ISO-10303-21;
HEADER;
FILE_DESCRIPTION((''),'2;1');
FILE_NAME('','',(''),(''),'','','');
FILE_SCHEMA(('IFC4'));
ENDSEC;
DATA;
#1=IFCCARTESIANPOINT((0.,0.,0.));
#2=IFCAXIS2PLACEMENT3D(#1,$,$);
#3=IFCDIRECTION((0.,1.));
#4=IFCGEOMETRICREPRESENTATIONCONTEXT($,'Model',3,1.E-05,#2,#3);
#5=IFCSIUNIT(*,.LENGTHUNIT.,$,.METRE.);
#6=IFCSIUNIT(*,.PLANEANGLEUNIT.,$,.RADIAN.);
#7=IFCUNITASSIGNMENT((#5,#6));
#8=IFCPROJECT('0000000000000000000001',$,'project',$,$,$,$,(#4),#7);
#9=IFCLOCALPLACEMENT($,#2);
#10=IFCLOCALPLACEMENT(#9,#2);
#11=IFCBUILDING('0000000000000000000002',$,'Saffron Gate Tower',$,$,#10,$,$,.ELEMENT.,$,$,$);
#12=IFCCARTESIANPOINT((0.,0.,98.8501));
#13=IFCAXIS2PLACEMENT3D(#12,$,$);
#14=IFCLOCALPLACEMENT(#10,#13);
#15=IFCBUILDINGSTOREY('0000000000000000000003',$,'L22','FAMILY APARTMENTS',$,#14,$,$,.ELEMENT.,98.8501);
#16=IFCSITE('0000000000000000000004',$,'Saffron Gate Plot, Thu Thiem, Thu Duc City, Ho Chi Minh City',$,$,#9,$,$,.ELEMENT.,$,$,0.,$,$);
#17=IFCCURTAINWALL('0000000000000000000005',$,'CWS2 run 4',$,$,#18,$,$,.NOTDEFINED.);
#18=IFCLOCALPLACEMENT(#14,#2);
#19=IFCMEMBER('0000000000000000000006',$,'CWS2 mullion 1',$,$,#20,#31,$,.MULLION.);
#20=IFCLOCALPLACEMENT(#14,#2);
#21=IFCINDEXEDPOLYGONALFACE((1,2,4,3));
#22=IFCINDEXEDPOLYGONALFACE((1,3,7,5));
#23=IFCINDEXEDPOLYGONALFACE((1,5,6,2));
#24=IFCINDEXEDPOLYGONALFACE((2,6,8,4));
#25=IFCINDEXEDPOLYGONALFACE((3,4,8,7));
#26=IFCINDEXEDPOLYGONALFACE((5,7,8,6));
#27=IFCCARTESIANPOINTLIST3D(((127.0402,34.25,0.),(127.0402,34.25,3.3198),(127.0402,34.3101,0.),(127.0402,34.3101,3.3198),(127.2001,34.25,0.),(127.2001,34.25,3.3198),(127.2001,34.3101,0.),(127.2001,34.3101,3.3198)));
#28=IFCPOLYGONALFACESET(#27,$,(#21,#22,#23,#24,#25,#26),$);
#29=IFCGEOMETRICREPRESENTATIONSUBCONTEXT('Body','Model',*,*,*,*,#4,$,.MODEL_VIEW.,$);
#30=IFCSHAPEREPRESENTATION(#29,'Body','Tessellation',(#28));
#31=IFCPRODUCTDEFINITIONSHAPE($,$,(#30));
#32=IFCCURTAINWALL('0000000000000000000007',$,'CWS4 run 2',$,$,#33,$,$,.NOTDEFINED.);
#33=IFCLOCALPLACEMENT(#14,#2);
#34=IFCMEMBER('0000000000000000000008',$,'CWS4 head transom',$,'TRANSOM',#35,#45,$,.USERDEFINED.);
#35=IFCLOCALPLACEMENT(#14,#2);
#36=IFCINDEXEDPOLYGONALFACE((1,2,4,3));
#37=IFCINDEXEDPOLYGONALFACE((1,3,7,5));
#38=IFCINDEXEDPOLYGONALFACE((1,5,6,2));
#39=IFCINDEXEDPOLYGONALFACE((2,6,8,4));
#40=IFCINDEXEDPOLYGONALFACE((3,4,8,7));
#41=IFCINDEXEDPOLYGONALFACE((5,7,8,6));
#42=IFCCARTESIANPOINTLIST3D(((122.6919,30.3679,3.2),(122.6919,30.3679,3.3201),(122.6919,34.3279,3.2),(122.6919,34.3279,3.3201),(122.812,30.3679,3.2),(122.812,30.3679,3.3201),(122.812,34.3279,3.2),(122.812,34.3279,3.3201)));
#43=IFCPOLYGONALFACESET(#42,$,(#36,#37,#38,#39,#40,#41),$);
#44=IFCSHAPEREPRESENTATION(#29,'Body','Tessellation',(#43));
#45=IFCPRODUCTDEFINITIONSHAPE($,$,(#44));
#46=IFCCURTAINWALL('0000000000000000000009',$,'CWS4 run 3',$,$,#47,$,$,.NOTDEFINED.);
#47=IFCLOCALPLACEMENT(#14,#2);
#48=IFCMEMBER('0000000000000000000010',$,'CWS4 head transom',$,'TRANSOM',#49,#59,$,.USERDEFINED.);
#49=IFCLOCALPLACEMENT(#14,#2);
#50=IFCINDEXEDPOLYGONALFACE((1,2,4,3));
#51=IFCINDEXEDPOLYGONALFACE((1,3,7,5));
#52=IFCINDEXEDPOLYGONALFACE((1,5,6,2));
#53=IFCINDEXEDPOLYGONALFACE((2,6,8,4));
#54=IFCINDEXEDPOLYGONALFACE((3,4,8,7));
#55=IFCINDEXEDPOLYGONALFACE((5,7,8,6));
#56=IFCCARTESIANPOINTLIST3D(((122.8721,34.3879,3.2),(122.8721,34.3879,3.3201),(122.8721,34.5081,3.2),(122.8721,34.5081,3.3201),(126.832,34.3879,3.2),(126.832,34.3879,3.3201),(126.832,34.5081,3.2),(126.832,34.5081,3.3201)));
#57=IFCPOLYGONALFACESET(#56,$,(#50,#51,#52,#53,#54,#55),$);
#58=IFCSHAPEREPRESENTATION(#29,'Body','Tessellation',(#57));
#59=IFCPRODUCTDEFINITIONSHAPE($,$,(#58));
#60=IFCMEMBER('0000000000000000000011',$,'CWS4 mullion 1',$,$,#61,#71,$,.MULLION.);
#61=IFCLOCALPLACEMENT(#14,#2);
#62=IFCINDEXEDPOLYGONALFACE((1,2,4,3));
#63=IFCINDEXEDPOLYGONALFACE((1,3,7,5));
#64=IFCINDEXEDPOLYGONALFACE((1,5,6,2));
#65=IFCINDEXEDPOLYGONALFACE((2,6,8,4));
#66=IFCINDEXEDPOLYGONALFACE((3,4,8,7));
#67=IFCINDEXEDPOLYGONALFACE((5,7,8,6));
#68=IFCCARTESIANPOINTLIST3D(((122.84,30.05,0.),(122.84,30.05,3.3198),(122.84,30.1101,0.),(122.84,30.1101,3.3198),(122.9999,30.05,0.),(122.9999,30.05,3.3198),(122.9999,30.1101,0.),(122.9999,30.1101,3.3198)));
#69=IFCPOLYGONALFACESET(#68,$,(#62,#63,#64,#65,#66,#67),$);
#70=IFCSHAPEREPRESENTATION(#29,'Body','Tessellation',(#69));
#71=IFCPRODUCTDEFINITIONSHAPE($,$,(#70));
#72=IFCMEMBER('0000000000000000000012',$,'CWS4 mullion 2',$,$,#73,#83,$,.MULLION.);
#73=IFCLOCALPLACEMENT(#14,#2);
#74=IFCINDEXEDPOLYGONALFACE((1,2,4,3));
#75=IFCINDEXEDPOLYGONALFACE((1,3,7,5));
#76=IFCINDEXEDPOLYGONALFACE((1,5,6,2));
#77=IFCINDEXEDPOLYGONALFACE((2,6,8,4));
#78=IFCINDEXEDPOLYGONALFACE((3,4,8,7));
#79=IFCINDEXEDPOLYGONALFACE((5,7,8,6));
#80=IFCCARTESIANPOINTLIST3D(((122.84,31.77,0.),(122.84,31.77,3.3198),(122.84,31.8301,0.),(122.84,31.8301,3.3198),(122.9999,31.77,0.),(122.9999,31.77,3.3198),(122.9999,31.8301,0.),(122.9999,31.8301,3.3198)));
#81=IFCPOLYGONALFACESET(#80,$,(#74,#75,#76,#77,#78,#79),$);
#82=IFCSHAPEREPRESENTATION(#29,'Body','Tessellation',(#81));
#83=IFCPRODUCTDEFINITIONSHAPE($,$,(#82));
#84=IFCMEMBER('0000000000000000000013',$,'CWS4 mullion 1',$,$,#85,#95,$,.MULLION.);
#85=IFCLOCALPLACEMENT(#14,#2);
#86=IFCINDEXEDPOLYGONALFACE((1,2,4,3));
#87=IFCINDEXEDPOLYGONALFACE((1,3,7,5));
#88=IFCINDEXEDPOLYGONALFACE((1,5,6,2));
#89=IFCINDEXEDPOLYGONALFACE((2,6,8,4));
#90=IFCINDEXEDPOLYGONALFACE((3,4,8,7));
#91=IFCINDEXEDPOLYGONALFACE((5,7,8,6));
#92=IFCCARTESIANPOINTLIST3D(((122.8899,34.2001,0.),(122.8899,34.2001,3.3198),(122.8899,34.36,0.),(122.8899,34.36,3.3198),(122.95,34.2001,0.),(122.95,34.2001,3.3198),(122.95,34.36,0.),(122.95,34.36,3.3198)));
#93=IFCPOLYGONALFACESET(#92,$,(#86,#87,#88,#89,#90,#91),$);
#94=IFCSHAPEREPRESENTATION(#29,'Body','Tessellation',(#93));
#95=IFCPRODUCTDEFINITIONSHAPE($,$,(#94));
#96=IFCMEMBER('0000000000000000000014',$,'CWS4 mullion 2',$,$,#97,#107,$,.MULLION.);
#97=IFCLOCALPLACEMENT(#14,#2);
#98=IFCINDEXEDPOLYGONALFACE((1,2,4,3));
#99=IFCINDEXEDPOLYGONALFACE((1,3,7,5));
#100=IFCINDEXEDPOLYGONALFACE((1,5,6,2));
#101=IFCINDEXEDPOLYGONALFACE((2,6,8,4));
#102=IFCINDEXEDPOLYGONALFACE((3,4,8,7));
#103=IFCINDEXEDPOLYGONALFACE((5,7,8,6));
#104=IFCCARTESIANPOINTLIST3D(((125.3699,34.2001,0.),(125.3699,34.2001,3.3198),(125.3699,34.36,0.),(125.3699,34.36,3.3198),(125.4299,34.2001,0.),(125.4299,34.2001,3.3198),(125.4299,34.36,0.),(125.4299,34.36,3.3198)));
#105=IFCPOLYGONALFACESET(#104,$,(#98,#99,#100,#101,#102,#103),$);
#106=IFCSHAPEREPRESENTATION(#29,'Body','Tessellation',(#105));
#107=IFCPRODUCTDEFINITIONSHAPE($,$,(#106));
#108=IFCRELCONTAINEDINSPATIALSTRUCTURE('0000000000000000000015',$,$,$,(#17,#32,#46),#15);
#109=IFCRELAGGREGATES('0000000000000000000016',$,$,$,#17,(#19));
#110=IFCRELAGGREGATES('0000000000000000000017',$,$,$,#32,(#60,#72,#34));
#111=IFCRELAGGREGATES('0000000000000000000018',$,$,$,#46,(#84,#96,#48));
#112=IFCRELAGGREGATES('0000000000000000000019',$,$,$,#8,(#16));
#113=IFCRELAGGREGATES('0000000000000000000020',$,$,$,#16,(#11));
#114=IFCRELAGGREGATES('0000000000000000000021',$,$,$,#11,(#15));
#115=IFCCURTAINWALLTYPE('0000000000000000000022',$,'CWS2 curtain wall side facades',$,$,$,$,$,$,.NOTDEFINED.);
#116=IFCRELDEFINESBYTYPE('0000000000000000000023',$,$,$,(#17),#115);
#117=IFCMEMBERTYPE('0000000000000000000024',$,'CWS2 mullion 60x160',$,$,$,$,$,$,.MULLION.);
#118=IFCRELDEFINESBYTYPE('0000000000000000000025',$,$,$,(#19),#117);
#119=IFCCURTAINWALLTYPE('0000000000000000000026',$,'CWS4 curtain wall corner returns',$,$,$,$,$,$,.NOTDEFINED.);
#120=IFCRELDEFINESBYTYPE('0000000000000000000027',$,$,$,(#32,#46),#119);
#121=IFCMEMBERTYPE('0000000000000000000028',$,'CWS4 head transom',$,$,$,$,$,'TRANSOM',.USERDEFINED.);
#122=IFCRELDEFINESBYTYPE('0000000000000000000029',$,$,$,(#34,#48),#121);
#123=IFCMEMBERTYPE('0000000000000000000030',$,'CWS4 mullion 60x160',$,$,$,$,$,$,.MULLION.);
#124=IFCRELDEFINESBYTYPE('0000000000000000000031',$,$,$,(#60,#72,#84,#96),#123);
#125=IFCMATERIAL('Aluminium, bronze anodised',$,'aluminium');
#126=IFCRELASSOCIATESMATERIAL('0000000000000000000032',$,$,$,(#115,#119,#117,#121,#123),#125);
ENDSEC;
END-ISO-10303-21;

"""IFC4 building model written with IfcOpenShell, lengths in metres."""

from ifc_helpers import new_model, si_unit, direction, frame, origin, origin_2d, place, context, subcontext, project, spatial, rectangle, extrude, material, material_profile, profile_set, type_object, element, aggregate, save


model = new_model("IFC4")

# Units and contexts
model_context = context("Model", 3, precision=1e-05, world=origin(), true_north=direction((0.0, 1.0)))
body_context = subcontext(model_context, "Body", "Model", "MODEL_VIEW")
ifc_project = project(units=[si_unit("LENGTHUNIT", "METRE"), si_unit("PLANEANGLEUNIT", "RADIAN")], contexts=[model_context])

# Site, building, storey
site_placement = place(None, origin())
site = spatial("IfcSite", under=ifc_project, at=site_placement, Name="Saffron Gate Plot, Thu Thiem, Thu Duc City, Ho Chi Minh City", CompositionType="ELEMENT", RefElevation=0.0)
building_placement = place(site_placement, origin())
building = spatial("IfcBuilding", under=site, at=building_placement, Name="Saffron Gate Tower", CompositionType="ELEMENT")
storey_placement = place(building_placement, frame((0.0, 0.0, 98.8501)))
storey = spatial("IfcBuildingStorey", under=building, at=storey_placement, Name="L22", Description="FAMILY APARTMENTS", CompositionType="ELEMENT", Elevation=98.8501)

# Curtain walls, members
ifc_material_1 = material(Name="Aluminium, bronze anodised", Category="aluminium")
curtain_wall_type_1 = type_object("IfcCurtainWallType", Name="CWS2 curtain wall side facades", PredefinedType="NOTDEFINED", material=ifc_material_1)
curtain_wall_1_placement = place(storey_placement, origin())
curtain_wall_1 = element("IfcCurtainWall", 1, at=curtain_wall_1_placement, inside=storey, type_object=curtain_wall_type_1, Name="CWS2 run 4", PredefinedType="NOTDEFINED")
ifc_material_profile_1 = material_profile(ifc_material_1, rectangle(XDim=0.1599, YDim=0.0601, at=origin_2d()))
ifc_profile_set_1 = profile_set([ifc_material_profile_1], Name="Aluminium, bronze anodised")
member_type_1 = type_object("IfcMemberType", Name="CWS2 mullion 60x160", PredefinedType="MULLION", material=ifc_profile_set_1)
member_1_placement = place(storey_placement, frame((127.1201, 34.28, 0.0), z_axis=(0.0, 0.0, 1.0), x_axis=(-1.0, 0.0, 0.0)))
member_1 = element("IfcMember", 2, at=member_1_placement, type_object=member_type_1, Name="CWS2 mullion 1", PredefinedType="MULLION", context=body_context, shape_type="SweptSolid", body=[
    extrude(rectangle(XDim=0.1599, YDim=0.0601, at=origin_2d()), origin(), (0.0, 0.0, 1.0), 3.3198),
])
curtain_wall_type_2 = type_object("IfcCurtainWallType", Name="CWS4 curtain wall corner returns", PredefinedType="NOTDEFINED", material=ifc_material_1)
curtain_wall_2_placement = place(storey_placement, origin())
curtain_wall_2 = element("IfcCurtainWall", 3, at=curtain_wall_2_placement, inside=storey, type_object=curtain_wall_type_2, Name="CWS4 run 2", PredefinedType="NOTDEFINED")
ifc_material_profile_2 = material_profile(ifc_material_1, rectangle(XDim=0.1201, YDim=0.1201, at=origin_2d()))
ifc_profile_set_2 = profile_set([ifc_material_profile_2], Name="Aluminium, bronze anodised")
member_type_2 = type_object("IfcMemberType", Name="CWS4 head transom", ElementType="TRANSOM", PredefinedType="USERDEFINED", material=ifc_profile_set_2)
member_2_placement = place(storey_placement, frame((122.752, 30.3679, 3.26), z_axis=(0.0, 1.0, 0.0), x_axis=(-1.0, 0.0, 0.0)))
member_2 = element("IfcMember", 4, at=member_2_placement, type_object=member_type_2, Name="CWS4 head transom", ObjectType="TRANSOM", PredefinedType="USERDEFINED", context=body_context, shape_type="SweptSolid", body=[
    extrude(rectangle(XDim=0.1201, YDim=0.1201, at=origin_2d()), origin(), (0.0, 0.0, 1.0), 3.96),
])
curtain_wall_3_placement = place(storey_placement, origin())
curtain_wall_3 = element("IfcCurtainWall", 5, at=curtain_wall_3_placement, inside=storey, type_object=curtain_wall_type_2, Name="CWS4 run 3", PredefinedType="NOTDEFINED")
member_3_placement = place(storey_placement, frame((122.8721, 34.448, 3.26), z_axis=(1.0, 0.0, 0.0), x_axis=(0.0, 1.0, 0.0)))
member_3 = element("IfcMember", 6, at=member_3_placement, type_object=member_type_2, Name="CWS4 head transom", ObjectType="TRANSOM", PredefinedType="USERDEFINED", context=body_context, shape_type="SweptSolid", body=[
    extrude(rectangle(XDim=0.1201, YDim=0.1201, at=origin_2d()), origin(), (0.0, 0.0, 1.0), 3.96),
])

# Members
ifc_material_profile_3 = material_profile(ifc_material_1, rectangle(XDim=0.1599, YDim=0.0601, at=origin_2d()))
ifc_profile_set_3 = profile_set([ifc_material_profile_3], Name="Aluminium, bronze anodised")
member_type_3 = type_object("IfcMemberType", Name="CWS4 mullion 60x160", PredefinedType="MULLION", material=ifc_profile_set_3)
member_4_placement = place(storey_placement, frame((122.9199, 30.0801, 0.0), z_axis=(0.0, 0.0, 1.0), x_axis=(-1.0, 0.0, 0.0)))
member_4 = element("IfcMember", 7, at=member_4_placement, type_object=member_type_3, Name="CWS4 mullion 1", PredefinedType="MULLION", context=body_context, shape_type="SweptSolid", body=[
    extrude(rectangle(XDim=0.1599, YDim=0.0601, at=origin_2d()), origin(), (0.0, 0.0, 1.0), 3.3198),
])
member_5_placement = place(storey_placement, frame((122.9199, 31.8, 0.0), z_axis=(0.0, 0.0, 1.0), x_axis=(-1.0, 0.0, 0.0)))
member_5 = element("IfcMember", 8, at=member_5_placement, type_object=member_type_3, Name="CWS4 mullion 2", PredefinedType="MULLION", context=body_context, shape_type="SweptSolid", body=[
    extrude(rectangle(XDim=0.1599, YDim=0.0601, at=origin_2d()), origin(), (0.0, 0.0, 1.0), 3.3198),
])
member_6_placement = place(storey_placement, frame((122.9199, 34.28, 0.0), z_axis=(0.0, 0.0, 1.0), x_axis=(0.0, 1.0, 0.0)))
member_6 = element("IfcMember", 9, at=member_6_placement, type_object=member_type_3, Name="CWS4 mullion 1", PredefinedType="MULLION", context=body_context, shape_type="SweptSolid", body=[
    extrude(rectangle(XDim=0.1599, YDim=0.0601, at=origin_2d()), origin(), (0.0, 0.0, 1.0), 3.3198),
])
member_7_placement = place(storey_placement, frame((125.3999, 34.28, 0.0), z_axis=(0.0, 0.0, 1.0), x_axis=(0.0, 1.0, 0.0)))
member_7 = element("IfcMember", 10, at=member_7_placement, type_object=member_type_3, Name="CWS4 mullion 2", PredefinedType="MULLION", context=body_context, shape_type="SweptSolid", body=[
    extrude(rectangle(XDim=0.1599, YDim=0.0601, at=origin_2d()), origin(), (0.0, 0.0, 1.0), 3.3198),
])

aggregate(curtain_wall_1, [member_1])

aggregate(curtain_wall_2, [member_4, member_5, member_2])
aggregate(curtain_wall_3, [member_6, member_7, member_3])

save(model, "model.ifc")
